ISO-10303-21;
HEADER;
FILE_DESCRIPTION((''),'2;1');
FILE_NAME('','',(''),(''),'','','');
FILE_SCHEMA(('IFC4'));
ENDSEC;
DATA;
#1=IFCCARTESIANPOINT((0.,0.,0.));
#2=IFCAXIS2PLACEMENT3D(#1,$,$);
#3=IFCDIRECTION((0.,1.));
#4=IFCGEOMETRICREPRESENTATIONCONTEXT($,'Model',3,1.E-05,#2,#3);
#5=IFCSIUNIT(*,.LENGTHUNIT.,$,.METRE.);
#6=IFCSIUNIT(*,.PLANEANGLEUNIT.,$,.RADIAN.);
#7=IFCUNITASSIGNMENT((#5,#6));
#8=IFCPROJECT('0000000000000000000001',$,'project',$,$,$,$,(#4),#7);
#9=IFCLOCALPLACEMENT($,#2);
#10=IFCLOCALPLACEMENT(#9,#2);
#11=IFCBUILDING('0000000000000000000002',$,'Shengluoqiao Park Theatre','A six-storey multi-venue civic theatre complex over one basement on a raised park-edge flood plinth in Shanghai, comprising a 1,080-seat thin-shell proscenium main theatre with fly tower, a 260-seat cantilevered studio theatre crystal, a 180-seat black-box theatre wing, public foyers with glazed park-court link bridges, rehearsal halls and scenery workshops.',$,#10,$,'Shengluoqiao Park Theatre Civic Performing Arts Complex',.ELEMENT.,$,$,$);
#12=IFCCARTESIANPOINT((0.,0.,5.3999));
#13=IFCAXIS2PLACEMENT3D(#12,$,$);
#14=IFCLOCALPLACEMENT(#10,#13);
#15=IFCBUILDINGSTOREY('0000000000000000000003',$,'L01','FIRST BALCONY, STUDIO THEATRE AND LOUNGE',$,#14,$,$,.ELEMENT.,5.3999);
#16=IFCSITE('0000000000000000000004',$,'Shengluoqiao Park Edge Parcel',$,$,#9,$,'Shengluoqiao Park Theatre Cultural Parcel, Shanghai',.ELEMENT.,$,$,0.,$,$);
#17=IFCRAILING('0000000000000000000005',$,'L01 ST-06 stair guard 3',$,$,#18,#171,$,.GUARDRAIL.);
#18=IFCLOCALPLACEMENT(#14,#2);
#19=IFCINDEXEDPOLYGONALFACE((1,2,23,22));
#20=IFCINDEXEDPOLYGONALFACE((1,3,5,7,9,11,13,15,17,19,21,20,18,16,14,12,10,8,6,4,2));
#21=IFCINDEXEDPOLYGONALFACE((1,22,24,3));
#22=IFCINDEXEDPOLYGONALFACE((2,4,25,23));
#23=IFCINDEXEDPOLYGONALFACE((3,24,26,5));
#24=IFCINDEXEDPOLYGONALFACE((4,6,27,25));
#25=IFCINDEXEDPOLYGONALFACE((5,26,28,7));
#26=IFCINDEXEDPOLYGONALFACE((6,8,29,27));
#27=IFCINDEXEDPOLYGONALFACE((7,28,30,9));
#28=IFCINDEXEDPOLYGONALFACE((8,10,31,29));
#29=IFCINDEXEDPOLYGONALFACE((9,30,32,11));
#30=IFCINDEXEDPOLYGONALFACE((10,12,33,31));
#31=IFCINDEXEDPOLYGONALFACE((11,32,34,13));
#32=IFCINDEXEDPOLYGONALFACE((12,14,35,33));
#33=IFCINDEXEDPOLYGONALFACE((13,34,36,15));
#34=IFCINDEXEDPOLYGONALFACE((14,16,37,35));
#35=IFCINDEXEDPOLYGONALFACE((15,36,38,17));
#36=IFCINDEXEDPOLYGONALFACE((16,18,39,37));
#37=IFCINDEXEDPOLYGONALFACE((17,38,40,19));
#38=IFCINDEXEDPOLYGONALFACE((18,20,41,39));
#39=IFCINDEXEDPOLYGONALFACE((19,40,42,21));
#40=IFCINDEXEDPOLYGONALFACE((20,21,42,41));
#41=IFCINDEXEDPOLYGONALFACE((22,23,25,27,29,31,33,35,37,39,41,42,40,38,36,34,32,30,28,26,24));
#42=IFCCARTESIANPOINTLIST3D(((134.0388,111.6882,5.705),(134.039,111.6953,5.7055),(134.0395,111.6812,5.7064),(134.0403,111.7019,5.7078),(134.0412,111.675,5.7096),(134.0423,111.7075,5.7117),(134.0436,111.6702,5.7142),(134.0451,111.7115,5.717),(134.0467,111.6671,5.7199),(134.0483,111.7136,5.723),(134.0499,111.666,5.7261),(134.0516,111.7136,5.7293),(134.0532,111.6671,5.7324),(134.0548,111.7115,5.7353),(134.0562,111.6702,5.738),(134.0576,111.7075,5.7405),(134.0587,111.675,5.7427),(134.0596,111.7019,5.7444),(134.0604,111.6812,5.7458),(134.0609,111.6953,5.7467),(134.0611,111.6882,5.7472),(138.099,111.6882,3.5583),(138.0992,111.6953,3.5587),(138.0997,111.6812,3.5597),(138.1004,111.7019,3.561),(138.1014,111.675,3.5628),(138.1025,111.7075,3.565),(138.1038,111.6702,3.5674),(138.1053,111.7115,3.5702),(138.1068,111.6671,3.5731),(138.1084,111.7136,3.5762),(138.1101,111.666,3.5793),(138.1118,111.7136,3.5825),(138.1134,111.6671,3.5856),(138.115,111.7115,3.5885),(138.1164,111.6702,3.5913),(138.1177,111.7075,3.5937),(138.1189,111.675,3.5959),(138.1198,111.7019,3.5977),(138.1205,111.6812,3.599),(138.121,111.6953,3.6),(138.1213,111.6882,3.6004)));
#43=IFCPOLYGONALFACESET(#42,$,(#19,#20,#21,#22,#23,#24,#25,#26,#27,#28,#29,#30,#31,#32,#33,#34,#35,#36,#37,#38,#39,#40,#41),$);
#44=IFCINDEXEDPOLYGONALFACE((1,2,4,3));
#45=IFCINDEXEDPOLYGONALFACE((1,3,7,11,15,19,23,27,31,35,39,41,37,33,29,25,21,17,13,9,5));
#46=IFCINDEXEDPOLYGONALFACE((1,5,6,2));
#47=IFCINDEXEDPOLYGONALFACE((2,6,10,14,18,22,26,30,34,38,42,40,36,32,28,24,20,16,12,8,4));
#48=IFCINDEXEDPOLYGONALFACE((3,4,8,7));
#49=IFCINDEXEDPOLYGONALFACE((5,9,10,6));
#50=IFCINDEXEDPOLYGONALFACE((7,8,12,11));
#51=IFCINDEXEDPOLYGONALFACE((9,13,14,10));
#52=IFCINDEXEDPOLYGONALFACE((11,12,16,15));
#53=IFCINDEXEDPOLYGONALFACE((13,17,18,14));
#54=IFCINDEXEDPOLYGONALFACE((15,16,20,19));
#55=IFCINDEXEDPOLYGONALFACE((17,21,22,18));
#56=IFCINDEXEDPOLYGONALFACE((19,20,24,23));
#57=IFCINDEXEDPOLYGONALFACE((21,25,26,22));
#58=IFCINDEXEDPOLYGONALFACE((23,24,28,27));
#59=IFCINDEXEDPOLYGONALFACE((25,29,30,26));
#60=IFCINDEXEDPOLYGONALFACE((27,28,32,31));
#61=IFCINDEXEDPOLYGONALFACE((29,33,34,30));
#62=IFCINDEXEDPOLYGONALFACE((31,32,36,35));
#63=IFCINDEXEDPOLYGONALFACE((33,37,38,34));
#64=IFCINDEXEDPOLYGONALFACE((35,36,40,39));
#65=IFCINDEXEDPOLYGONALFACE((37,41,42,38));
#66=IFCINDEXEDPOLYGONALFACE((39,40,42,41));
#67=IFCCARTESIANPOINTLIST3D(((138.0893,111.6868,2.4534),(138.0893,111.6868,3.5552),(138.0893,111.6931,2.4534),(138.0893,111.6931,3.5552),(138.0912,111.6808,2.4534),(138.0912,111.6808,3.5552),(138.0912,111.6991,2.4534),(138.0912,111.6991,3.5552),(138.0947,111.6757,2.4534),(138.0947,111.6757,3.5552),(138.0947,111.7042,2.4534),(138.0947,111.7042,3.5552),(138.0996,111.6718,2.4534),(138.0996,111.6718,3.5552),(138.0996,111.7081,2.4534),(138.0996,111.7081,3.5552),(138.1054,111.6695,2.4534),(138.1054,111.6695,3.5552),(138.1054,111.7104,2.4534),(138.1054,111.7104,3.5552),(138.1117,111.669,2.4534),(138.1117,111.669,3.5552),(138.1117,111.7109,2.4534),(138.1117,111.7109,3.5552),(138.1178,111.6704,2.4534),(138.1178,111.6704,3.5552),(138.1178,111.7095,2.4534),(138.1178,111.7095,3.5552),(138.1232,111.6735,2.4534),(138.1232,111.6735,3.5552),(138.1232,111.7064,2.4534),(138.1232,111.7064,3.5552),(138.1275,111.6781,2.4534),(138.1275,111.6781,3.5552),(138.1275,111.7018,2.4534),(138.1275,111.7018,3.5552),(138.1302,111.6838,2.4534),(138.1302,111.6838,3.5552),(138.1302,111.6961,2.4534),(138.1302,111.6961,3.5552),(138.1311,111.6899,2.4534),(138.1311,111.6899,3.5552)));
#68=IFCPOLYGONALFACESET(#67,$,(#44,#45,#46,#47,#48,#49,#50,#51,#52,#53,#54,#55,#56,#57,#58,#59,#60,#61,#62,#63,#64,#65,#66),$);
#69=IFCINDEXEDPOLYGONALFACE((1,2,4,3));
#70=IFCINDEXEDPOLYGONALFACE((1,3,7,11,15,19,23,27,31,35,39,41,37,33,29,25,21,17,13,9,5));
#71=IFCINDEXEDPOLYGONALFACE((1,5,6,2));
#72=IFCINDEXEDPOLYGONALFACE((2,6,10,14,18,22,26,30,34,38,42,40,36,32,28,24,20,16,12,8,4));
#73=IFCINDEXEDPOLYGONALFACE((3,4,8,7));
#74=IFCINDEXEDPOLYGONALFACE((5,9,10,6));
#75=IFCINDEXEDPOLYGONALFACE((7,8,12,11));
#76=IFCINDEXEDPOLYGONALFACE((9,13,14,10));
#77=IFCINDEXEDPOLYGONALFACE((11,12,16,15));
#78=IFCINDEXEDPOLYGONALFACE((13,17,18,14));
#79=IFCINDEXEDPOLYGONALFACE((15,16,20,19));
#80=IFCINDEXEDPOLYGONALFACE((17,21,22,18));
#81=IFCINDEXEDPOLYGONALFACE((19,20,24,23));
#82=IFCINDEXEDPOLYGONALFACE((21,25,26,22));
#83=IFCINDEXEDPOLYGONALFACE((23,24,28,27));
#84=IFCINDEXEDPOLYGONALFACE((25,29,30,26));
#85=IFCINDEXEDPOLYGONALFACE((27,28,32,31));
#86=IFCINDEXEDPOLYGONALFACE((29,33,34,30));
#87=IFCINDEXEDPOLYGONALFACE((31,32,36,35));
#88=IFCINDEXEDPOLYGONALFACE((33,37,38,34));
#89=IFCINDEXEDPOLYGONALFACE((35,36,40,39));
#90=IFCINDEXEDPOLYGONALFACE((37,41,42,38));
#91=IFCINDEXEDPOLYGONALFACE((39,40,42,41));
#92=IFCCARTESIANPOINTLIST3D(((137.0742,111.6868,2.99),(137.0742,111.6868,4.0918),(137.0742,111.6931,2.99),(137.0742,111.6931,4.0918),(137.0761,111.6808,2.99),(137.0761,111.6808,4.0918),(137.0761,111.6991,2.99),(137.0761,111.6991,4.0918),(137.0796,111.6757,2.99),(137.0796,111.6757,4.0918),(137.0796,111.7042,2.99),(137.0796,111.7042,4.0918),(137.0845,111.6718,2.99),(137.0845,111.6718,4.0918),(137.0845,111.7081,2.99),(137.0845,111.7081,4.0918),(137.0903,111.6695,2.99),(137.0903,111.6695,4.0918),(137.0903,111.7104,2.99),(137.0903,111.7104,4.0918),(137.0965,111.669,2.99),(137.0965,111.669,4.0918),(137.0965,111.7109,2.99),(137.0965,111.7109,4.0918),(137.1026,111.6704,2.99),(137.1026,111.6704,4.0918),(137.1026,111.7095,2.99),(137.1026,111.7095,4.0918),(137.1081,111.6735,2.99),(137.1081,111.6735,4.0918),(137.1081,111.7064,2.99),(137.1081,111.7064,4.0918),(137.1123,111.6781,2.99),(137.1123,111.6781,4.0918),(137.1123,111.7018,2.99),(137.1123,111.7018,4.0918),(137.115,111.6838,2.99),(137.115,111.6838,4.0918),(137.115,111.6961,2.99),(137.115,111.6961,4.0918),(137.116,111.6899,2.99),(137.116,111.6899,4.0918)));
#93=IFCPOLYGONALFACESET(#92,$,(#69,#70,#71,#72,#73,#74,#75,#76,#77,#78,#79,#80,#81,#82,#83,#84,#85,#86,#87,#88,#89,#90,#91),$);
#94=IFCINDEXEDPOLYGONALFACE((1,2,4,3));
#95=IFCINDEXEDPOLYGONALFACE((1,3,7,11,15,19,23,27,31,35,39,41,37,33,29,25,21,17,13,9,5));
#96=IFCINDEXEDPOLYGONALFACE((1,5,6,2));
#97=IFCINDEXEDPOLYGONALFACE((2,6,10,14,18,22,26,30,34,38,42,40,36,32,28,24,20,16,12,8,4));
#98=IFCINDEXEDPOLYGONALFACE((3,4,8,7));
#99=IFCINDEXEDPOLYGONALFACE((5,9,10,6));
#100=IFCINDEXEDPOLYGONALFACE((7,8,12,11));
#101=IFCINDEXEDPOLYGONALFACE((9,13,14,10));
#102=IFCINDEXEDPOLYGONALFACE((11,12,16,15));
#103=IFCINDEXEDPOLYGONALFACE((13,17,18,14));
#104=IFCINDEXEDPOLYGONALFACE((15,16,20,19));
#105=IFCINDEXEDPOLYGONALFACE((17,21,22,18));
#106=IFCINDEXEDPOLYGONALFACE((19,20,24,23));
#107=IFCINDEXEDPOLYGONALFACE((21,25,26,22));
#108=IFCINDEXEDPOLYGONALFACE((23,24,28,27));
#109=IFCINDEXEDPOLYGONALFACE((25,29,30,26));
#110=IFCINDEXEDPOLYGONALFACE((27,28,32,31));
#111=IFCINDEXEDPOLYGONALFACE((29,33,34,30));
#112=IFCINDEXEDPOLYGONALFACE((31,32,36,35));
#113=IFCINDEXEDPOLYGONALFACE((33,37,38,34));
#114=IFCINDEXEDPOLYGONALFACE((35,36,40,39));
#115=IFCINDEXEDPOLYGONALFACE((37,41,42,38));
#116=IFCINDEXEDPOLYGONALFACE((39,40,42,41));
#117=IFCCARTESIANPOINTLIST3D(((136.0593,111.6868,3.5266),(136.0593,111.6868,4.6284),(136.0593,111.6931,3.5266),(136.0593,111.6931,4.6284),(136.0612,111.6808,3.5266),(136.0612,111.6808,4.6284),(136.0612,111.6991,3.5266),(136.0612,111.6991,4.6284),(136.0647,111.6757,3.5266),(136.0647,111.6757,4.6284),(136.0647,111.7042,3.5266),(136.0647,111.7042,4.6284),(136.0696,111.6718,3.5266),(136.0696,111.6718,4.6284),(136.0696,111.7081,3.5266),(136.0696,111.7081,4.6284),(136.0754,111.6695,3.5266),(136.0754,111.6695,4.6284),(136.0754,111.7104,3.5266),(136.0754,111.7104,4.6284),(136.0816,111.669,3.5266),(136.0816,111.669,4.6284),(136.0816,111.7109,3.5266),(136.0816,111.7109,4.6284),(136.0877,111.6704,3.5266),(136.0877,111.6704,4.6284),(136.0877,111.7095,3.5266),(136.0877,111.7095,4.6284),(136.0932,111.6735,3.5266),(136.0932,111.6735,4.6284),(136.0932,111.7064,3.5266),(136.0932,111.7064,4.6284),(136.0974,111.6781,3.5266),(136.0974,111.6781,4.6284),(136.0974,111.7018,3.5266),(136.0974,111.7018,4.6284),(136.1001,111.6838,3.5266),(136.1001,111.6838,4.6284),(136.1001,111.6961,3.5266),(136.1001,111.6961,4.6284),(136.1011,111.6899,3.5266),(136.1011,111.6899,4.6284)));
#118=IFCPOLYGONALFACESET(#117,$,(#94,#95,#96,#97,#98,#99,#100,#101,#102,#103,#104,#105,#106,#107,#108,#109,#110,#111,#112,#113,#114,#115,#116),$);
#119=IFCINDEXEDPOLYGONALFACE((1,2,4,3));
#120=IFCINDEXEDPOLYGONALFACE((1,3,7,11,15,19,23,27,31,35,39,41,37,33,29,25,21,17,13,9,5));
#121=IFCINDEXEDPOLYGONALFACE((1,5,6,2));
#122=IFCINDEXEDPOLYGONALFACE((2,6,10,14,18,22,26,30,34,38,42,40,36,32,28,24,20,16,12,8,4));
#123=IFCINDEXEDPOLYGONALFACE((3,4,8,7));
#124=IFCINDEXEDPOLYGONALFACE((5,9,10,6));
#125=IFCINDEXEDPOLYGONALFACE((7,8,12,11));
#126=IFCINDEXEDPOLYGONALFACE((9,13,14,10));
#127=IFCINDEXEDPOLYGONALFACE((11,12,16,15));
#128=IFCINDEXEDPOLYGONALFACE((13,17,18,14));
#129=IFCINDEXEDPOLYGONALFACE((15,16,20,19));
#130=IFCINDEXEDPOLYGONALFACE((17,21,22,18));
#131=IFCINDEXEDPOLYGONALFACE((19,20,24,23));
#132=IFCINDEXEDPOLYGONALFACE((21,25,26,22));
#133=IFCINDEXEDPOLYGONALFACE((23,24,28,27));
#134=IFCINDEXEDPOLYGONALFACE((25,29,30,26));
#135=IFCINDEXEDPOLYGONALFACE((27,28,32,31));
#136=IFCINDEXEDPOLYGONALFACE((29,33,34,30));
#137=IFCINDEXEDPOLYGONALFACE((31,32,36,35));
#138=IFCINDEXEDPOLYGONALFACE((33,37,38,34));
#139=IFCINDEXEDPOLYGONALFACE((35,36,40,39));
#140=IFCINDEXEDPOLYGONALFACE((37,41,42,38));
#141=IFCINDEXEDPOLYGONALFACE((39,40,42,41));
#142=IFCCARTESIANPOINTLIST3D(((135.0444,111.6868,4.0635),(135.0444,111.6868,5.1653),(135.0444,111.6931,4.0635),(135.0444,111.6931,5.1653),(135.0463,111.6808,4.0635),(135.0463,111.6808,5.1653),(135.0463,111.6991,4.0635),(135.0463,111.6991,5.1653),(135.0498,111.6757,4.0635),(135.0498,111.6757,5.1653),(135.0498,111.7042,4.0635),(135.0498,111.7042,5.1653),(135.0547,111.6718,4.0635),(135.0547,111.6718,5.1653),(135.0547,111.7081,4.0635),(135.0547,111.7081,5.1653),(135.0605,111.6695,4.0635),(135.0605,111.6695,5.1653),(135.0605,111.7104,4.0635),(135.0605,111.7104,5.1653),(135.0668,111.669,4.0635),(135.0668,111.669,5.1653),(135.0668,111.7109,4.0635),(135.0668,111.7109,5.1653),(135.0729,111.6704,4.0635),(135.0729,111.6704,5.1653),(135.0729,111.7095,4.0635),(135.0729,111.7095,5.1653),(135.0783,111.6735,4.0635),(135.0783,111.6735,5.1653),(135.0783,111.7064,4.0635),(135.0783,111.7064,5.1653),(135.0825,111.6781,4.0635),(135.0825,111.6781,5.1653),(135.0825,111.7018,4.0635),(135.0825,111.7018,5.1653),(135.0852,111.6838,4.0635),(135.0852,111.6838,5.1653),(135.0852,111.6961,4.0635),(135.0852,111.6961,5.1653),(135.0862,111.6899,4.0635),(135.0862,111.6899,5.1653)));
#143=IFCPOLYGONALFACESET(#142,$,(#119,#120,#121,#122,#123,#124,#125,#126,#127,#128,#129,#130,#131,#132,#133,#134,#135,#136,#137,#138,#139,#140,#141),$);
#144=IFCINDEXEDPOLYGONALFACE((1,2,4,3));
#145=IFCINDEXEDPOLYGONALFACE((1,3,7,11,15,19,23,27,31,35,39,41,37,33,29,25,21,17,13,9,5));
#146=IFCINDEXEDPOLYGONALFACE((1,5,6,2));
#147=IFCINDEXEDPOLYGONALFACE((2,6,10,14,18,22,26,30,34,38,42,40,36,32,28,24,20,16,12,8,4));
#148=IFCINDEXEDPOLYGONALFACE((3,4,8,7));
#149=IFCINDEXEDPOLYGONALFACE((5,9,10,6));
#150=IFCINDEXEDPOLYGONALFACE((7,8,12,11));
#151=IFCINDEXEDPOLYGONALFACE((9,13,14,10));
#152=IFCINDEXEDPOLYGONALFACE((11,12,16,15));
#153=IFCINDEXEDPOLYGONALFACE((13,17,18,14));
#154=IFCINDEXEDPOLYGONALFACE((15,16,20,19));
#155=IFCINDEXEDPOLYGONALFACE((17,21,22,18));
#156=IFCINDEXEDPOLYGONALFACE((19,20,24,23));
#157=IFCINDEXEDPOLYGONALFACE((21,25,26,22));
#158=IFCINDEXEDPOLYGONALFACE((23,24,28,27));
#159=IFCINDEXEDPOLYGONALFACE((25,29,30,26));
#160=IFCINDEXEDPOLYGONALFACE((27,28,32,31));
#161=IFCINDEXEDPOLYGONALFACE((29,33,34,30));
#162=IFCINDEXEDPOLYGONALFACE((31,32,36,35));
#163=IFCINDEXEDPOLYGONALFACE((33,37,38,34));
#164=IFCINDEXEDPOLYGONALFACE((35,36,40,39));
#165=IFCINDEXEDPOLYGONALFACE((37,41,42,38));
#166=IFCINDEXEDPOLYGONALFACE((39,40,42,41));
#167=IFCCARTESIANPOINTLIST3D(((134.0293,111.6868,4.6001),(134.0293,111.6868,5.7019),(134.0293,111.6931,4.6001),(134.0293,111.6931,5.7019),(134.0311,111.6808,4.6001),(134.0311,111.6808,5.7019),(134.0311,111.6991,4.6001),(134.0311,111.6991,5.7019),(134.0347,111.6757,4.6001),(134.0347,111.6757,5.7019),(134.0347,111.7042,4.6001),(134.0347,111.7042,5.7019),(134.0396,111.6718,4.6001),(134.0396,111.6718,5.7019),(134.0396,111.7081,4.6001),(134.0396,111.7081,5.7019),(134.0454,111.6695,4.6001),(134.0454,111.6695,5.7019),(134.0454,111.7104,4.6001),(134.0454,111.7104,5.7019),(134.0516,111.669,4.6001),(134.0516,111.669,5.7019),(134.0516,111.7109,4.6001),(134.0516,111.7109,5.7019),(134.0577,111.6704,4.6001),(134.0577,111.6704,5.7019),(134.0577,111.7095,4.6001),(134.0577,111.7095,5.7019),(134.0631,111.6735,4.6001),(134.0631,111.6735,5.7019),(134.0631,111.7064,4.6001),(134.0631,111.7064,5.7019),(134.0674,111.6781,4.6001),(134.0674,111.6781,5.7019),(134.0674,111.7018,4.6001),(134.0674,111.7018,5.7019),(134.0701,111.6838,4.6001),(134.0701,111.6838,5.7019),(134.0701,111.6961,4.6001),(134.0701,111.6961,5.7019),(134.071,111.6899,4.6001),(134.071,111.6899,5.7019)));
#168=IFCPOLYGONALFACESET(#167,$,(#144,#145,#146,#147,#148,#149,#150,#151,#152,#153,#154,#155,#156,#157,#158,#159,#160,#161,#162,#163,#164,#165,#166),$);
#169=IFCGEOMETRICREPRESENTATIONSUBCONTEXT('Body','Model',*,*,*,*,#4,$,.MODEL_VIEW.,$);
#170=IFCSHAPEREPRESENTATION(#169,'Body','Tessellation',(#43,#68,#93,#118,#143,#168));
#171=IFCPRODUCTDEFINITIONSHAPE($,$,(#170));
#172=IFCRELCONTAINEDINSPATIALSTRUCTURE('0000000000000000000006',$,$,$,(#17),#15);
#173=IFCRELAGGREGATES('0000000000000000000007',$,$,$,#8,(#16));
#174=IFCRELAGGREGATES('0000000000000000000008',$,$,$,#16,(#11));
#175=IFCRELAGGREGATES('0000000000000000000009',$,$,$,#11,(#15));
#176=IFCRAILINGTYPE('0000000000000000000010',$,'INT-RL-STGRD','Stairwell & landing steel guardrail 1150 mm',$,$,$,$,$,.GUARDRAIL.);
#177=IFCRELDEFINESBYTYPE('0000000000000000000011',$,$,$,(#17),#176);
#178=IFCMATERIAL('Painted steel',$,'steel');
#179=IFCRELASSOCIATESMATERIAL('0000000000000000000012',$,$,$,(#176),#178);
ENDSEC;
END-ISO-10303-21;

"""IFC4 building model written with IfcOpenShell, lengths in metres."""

from ifc_helpers import new_model, si_unit, direction, frame, origin, origin_2d, place, context, subcontext, project, spatial, circle, extrude, material, type_object, element, save


model = new_model("IFC4")

# Units and contexts
model_context = context("Model", 3, precision=1e-05, world=origin(), true_north=direction((0.0, 1.0)))
body_context = subcontext(model_context, "Body", "Model", "MODEL_VIEW")
ifc_project = project(units=[si_unit("LENGTHUNIT", "METRE"), si_unit("PLANEANGLEUNIT", "RADIAN")], contexts=[model_context])

# Site, building, storey
site_placement = place(None, origin())
site = spatial("IfcSite", under=ifc_project, at=site_placement, Name="Shengluoqiao Park Edge Parcel", LongName="Shengluoqiao Park Theatre Cultural Parcel, Shanghai", CompositionType="ELEMENT", RefElevation=0.0)
building_placement = place(site_placement, origin())
building = spatial("IfcBuilding", under=site, at=building_placement, Name="Shengluoqiao Park Theatre", Description="A six-storey multi-venue civic theatre complex over one basement on a raised park-edge flood plinth in Shanghai, comprising a 1,080-seat thin-shell proscenium main theatre with fly tower, a 260-seat cantilevered studio theatre crystal, a 180-seat black-box theatre wing, public foyers with glazed park-court link bridges, rehearsal halls and scenery workshops.", LongName="Shengluoqiao Park Theatre Civic Performing Arts Complex", CompositionType="ELEMENT")
storey_placement = place(building_placement, frame((0.0, 0.0, 5.3999)))
storey = spatial("IfcBuildingStorey", under=building, at=storey_placement, Name="L01", Description="FIRST BALCONY, STUDIO THEATRE AND LOUNGE", CompositionType="ELEMENT", Elevation=5.3999)

# Railing
ifc_material_1 = material(Name="Painted steel", Category="steel")
railing_type_1 = type_object("IfcRailingType", Name="INT-RL-STGRD", Description="Stairwell & landing steel guardrail 1150 mm", PredefinedType="GUARDRAIL", material=ifc_material_1)
railing_1_placement = place(storey_placement, frame((138.1101, 111.6899, 2.4534)))
element("IfcRailing", 1, at=railing_1_placement, inside=storey, type_object=railing_type_1, Name="L01 ST-06 stair guard 3", PredefinedType="GUARDRAIL", context=body_context, shape_type="SweptSolid", body=[
    extrude(circle(Radius=0.0239, at=origin_2d()), frame((0.0, 0.0, 1.126), z_axis=(-0.884032, 0.0, 0.467426), x_axis=(0.0, -1.0, 0.0)), (0.0, 0.0, 1.0), 4.5928),
    extrude(circle(Radius=0.021, at=origin_2d()), origin(), (0.0, 0.0, 1.0), 1.1018),
    extrude(circle(Radius=0.021, at=origin_2d()), frame((-1.0151, 0.0, 0.5366)), (0.0, 0.0, 1.0), 1.1018),
    extrude(circle(Radius=0.021, at=origin_2d()), frame((-2.03, 0.0, 1.0732)), (0.0, 0.0, 1.0), 1.1018),
    extrude(circle(Radius=0.021, at=origin_2d()), frame((-3.0449, 0.0, 1.6101)), (0.0, 0.0, 1.0), 1.1018),
    extrude(circle(Radius=0.021, at=origin_2d()), frame((-4.0601, 0.0, 2.1467)), (0.0, 0.0, 1.0), 1.1018),
])

save(model, "model.ifc")
